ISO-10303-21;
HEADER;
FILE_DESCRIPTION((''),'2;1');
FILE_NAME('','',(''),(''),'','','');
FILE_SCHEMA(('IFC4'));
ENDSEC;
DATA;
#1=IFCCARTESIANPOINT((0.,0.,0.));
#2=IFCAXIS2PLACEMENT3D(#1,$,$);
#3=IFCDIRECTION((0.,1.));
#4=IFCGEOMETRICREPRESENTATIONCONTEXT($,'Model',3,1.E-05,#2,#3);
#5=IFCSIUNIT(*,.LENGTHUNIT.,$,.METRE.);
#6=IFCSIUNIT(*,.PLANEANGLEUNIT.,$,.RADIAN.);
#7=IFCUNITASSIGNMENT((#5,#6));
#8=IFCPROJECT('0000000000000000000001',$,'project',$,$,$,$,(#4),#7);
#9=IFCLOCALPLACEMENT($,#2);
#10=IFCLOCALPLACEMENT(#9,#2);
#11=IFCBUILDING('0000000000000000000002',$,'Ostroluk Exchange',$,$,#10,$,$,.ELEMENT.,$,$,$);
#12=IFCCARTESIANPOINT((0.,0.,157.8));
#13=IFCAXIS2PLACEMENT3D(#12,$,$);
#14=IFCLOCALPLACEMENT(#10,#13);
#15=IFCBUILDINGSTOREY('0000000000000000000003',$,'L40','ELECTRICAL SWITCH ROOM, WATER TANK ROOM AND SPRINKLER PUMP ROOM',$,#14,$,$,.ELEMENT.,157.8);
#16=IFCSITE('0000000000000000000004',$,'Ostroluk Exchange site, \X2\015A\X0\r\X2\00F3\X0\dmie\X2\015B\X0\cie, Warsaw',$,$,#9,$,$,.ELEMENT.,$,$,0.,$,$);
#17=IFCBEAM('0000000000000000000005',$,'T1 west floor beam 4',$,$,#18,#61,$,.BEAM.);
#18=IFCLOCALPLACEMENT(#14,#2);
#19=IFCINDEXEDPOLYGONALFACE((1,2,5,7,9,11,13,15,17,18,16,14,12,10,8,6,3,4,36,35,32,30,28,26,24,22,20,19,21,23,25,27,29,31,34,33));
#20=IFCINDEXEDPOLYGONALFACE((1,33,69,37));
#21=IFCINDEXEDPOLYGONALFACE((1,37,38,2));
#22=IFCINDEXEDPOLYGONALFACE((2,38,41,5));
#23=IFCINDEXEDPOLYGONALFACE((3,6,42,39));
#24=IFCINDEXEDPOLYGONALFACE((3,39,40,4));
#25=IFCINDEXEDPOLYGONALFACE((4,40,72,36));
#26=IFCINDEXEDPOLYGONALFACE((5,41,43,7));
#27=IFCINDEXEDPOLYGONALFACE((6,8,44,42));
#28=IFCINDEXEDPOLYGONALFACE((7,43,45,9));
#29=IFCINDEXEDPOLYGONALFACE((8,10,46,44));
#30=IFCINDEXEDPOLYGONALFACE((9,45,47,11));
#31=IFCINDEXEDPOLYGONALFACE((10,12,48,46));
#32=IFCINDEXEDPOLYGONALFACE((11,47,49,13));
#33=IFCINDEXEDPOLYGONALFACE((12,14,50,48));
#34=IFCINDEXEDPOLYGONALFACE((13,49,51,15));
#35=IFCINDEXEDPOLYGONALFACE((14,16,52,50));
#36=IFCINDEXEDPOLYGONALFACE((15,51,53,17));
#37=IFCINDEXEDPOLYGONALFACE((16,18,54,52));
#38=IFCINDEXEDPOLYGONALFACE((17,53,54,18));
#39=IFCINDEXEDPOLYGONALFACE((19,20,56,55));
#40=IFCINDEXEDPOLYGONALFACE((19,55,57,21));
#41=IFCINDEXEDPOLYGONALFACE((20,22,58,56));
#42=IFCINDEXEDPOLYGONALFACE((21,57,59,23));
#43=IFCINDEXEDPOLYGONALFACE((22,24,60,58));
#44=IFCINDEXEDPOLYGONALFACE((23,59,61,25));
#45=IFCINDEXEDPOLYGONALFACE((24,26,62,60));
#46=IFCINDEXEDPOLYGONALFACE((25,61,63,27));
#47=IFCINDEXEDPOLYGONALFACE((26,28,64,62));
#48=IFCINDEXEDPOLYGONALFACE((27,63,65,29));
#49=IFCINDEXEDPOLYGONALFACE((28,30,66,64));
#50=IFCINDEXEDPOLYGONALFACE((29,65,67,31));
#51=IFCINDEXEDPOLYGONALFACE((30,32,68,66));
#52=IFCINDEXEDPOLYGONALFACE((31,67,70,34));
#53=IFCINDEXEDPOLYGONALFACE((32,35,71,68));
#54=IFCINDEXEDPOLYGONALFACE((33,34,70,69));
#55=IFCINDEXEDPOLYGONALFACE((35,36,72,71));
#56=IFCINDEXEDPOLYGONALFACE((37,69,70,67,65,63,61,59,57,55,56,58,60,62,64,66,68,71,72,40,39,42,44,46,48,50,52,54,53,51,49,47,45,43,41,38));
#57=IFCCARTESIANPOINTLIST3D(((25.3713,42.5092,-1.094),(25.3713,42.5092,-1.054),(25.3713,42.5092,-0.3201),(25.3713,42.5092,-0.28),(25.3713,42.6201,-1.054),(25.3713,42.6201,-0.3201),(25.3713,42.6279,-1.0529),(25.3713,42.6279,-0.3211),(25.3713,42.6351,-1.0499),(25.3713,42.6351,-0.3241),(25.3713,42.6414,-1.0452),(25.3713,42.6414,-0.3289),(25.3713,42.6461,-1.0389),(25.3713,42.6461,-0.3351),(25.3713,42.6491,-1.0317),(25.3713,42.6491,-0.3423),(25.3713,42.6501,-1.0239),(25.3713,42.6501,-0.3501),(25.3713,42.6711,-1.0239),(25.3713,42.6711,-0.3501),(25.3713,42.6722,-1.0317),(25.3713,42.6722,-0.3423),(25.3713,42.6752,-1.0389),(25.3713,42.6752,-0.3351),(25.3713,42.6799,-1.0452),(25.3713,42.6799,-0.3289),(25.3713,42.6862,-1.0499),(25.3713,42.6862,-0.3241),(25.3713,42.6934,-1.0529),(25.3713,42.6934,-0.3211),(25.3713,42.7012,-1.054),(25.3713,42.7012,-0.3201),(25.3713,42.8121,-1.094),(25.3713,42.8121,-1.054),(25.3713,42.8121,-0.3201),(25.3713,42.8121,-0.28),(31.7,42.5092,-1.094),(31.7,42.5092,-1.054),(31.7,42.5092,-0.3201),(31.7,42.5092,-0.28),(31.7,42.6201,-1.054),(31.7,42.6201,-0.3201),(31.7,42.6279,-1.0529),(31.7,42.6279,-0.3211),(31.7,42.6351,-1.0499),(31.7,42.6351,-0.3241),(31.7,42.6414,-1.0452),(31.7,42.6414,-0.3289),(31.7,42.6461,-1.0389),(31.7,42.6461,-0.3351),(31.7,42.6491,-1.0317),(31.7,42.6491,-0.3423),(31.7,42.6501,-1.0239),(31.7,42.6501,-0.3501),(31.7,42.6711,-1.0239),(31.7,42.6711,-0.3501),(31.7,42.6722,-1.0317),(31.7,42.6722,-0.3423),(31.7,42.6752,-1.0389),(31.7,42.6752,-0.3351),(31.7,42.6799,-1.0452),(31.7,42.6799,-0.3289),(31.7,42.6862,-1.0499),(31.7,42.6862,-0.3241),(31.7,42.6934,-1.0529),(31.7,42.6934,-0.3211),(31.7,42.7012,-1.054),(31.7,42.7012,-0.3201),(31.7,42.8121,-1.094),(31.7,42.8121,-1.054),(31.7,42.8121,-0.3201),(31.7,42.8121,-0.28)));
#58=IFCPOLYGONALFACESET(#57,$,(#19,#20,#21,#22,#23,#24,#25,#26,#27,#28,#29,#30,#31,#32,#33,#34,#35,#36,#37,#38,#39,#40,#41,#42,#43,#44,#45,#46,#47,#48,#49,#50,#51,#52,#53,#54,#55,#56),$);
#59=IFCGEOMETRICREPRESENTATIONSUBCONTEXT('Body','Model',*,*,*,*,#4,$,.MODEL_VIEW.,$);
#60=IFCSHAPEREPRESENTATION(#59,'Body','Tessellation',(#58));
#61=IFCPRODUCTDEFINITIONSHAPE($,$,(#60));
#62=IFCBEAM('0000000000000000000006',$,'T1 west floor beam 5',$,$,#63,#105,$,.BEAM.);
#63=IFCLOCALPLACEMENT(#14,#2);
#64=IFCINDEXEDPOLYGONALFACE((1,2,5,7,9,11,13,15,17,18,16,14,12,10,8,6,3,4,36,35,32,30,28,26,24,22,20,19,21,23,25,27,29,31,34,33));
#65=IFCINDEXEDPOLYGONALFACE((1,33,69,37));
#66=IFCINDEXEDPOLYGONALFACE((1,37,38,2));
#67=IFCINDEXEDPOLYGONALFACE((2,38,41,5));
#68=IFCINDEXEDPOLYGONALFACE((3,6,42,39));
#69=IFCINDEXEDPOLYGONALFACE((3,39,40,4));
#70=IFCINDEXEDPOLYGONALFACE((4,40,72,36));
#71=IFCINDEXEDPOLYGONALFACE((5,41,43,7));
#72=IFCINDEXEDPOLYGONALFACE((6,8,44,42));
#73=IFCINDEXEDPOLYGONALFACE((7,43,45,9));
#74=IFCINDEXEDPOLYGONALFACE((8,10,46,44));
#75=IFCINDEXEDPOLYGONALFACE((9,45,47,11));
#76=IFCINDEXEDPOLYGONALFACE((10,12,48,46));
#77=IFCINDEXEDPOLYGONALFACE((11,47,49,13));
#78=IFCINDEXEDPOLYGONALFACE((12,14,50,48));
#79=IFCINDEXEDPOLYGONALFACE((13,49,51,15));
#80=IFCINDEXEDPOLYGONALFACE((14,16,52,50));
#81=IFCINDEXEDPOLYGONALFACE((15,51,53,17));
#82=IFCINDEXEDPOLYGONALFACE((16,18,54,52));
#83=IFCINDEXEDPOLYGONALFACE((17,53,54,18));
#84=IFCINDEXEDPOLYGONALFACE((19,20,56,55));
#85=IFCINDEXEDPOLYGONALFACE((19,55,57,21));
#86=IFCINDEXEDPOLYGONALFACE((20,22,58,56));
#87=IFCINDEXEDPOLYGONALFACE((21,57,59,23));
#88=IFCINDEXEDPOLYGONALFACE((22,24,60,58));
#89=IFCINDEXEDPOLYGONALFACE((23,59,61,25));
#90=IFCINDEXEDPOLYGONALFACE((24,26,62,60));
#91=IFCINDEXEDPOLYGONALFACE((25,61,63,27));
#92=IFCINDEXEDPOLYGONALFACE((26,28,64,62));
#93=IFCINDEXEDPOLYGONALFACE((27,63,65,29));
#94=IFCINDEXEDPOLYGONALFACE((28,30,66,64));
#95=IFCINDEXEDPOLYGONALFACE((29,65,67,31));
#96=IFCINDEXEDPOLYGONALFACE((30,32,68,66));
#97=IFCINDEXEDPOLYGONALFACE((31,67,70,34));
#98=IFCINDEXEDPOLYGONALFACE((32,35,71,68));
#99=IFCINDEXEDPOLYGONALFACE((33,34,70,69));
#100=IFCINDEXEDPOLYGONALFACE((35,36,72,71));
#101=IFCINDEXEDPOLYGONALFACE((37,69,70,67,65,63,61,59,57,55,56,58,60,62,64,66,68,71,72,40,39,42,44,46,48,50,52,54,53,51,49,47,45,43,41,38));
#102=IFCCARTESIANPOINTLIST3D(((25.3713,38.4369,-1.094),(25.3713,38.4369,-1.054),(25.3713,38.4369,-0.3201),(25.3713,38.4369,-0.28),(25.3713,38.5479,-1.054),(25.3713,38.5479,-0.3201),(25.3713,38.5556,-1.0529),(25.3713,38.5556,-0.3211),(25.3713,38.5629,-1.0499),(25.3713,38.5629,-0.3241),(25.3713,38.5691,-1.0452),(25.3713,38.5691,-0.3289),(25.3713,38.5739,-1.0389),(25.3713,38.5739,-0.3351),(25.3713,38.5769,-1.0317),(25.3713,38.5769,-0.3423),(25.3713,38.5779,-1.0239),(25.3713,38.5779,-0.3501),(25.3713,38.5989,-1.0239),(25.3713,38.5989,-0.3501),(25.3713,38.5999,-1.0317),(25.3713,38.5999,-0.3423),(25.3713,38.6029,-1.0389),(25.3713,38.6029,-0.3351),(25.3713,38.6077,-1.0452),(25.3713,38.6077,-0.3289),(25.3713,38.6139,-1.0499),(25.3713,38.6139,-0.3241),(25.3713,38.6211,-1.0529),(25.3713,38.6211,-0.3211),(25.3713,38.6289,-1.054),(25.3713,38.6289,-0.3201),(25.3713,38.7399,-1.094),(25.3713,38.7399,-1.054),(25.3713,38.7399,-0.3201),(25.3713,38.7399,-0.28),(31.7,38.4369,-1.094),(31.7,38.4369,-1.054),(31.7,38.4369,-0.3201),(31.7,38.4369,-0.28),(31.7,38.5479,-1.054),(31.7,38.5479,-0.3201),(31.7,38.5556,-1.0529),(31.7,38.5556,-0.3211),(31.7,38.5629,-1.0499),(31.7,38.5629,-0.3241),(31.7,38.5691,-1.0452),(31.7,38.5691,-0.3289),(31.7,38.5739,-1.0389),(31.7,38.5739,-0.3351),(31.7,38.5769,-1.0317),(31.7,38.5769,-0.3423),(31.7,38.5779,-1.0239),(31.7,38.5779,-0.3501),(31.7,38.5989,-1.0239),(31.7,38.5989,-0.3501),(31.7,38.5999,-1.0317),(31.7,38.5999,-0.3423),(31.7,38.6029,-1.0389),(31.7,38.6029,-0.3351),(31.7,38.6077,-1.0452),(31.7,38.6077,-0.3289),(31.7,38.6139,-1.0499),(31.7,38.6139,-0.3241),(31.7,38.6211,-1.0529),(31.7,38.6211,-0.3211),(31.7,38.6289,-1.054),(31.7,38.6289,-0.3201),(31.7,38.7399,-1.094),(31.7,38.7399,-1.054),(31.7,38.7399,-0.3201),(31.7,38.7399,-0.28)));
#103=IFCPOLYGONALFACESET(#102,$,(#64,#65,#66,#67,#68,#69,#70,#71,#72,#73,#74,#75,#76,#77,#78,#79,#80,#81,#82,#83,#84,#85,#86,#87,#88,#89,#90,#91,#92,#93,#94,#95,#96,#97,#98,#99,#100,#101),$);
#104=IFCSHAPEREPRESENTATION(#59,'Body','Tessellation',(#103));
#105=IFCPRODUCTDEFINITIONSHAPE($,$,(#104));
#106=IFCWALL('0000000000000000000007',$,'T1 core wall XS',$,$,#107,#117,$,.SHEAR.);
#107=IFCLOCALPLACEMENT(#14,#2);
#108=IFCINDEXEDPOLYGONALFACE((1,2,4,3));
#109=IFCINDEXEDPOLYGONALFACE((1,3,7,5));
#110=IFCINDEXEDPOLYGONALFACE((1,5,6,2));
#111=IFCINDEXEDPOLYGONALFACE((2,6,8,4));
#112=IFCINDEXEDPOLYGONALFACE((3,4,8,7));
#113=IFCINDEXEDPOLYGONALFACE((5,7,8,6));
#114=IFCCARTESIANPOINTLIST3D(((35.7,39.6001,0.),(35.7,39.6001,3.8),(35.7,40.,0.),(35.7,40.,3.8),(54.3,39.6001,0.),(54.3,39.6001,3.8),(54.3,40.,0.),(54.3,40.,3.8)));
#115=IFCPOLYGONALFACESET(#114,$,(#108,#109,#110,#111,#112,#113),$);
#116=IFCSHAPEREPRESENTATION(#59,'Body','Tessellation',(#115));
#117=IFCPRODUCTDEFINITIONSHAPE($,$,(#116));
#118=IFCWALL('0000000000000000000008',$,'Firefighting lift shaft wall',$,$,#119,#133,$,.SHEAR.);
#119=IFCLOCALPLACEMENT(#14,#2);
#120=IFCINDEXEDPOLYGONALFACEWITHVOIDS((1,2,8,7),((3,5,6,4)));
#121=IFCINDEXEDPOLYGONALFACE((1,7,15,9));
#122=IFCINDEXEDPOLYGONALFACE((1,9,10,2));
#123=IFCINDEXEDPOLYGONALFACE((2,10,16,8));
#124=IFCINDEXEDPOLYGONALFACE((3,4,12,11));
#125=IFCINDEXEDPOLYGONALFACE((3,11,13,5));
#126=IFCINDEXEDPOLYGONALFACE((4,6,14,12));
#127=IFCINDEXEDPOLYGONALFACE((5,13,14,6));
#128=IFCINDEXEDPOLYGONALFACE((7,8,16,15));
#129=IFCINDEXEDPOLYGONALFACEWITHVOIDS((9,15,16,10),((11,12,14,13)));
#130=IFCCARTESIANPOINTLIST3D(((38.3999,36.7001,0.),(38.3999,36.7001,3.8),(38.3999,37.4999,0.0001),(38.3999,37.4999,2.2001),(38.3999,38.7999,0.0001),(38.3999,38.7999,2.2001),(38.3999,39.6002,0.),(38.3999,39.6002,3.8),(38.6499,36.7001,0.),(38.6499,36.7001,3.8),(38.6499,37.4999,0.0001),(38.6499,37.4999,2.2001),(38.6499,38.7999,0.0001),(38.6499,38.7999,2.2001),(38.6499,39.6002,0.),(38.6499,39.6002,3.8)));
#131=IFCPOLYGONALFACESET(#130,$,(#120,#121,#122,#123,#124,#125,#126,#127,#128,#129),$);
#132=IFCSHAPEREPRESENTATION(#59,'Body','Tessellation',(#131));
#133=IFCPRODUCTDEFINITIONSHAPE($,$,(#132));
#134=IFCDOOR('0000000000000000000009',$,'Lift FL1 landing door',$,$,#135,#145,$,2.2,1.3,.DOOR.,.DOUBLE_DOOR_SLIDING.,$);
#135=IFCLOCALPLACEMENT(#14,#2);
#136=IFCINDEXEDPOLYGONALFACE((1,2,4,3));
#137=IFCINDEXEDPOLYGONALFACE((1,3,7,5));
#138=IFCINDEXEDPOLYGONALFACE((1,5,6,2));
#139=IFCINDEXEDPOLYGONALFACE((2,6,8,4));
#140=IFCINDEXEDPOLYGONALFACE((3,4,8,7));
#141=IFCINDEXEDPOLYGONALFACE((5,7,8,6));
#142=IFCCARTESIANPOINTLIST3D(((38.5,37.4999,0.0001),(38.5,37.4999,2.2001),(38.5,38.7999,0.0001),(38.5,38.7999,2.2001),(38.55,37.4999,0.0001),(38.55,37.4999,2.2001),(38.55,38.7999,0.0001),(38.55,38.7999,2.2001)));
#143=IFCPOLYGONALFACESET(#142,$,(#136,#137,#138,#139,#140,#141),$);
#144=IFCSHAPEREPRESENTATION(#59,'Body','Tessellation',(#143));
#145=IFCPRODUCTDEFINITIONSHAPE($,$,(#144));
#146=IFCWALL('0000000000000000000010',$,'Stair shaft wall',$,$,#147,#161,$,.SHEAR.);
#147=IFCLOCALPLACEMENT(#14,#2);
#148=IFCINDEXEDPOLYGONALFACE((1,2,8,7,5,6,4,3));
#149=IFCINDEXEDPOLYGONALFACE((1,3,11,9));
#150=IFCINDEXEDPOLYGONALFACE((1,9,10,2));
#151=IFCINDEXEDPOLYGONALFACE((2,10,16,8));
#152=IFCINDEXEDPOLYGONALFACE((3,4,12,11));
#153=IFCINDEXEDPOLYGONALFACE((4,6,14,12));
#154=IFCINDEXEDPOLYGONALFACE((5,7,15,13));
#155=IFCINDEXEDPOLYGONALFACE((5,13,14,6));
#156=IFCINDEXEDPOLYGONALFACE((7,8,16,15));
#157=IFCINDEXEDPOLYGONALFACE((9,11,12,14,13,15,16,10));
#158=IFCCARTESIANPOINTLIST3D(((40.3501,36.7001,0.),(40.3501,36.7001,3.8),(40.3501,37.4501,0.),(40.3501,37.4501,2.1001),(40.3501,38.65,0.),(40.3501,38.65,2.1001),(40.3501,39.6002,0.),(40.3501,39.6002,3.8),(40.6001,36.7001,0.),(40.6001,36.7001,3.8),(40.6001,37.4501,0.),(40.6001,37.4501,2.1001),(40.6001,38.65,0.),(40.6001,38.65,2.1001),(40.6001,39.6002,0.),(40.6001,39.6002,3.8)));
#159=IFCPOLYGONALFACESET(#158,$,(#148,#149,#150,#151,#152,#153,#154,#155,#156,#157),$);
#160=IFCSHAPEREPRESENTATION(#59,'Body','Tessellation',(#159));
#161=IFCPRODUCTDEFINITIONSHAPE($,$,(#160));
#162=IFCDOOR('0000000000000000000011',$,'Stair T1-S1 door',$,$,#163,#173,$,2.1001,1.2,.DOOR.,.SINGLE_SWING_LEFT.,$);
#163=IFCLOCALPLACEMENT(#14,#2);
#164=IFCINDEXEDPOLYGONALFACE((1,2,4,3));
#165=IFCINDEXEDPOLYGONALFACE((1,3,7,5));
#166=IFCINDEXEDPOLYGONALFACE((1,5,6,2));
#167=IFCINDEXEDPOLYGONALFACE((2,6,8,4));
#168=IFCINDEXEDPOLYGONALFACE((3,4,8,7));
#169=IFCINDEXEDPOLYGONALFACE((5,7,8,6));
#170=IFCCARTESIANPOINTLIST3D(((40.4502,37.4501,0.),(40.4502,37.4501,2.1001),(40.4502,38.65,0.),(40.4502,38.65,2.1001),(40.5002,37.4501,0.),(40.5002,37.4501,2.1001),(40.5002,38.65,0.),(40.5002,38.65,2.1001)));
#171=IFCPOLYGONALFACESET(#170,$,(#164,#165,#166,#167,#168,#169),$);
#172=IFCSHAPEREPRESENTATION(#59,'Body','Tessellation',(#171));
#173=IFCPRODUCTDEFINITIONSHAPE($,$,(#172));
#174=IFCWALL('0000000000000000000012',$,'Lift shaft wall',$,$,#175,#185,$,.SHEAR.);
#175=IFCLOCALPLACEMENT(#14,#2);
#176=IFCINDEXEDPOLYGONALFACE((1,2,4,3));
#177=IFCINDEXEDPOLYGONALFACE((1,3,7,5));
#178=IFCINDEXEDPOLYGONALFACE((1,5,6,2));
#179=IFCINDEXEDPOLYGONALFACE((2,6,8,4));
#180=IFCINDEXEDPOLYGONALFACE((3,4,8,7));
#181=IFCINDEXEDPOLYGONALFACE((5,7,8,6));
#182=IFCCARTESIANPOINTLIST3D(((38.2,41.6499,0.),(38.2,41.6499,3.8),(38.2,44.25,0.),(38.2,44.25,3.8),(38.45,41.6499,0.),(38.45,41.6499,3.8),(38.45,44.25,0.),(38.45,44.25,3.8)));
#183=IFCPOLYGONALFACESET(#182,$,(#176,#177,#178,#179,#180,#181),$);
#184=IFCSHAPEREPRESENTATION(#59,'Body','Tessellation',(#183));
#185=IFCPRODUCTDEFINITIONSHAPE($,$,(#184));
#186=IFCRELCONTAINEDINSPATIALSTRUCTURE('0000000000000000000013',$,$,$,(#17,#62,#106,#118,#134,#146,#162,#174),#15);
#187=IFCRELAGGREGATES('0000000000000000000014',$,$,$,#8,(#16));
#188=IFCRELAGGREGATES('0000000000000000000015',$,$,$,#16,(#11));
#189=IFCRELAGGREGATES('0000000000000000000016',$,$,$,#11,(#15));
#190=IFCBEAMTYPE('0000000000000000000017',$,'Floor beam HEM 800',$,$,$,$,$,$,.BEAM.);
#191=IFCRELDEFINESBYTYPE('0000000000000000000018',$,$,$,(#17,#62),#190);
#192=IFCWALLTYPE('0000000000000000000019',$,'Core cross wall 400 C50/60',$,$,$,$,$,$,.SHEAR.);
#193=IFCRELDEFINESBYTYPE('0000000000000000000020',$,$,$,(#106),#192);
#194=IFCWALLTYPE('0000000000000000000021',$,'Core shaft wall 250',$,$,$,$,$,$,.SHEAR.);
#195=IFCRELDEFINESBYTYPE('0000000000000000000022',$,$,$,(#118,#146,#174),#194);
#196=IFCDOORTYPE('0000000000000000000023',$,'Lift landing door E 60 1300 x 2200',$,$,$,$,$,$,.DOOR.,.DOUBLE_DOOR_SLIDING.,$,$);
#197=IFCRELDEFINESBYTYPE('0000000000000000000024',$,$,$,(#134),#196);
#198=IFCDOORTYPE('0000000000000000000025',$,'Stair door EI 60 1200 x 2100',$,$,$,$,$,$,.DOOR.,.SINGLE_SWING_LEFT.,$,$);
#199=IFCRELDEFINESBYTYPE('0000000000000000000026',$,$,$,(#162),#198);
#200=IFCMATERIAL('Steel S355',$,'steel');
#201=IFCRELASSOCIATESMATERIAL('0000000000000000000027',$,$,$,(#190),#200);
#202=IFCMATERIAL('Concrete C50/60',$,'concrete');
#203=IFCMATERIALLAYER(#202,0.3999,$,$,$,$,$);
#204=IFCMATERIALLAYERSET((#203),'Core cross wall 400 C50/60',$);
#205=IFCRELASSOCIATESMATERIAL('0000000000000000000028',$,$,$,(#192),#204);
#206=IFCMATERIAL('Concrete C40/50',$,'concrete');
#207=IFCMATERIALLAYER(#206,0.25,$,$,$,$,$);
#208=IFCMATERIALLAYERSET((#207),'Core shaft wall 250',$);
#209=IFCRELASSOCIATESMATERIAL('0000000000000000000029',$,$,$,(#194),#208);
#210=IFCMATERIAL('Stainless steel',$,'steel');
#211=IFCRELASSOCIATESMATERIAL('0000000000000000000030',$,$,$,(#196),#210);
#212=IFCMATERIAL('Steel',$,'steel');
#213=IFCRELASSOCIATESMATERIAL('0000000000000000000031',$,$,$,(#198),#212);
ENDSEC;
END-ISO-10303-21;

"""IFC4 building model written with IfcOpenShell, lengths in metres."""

from ifc_helpers import new_model, si_unit, direction, frame, frame_2d, origin, origin_2d, place, context, subcontext, project, spatial, rectangle, i_section, extrude, material, layer, layer_set, material_profile, profile_set, type_object, element, fill, save


model = new_model("IFC4")

# Units and contexts
model_context = context("Model", 3, precision=1e-05, world=origin(), true_north=direction((0.0, 1.0)))
body_context = subcontext(model_context, "Body", "Model", "MODEL_VIEW")
ifc_project = project(units=[si_unit("LENGTHUNIT", "METRE"), si_unit("PLANEANGLEUNIT", "RADIAN")], contexts=[model_context])

# Site, building, storey
site_placement = place(None, origin())
site = spatial("IfcSite", under=ifc_project, at=site_placement, Name="Ostroluk Exchange site, Śródmieście, Warsaw", CompositionType="ELEMENT", RefElevation=0.0)
building_placement = place(site_placement, origin())
building = spatial("IfcBuilding", under=site, at=building_placement, Name="Ostroluk Exchange", CompositionType="ELEMENT")
storey_placement = place(building_placement, frame((0.0, 0.0, 157.8)))
storey = spatial("IfcBuildingStorey", under=building, at=storey_placement, Name="L40", Description="ELECTRICAL SWITCH ROOM, WATER TANK ROOM AND SPRINKLER PUMP ROOM", CompositionType="ELEMENT", Elevation=157.8)

# Beams
ifc_material_1 = material(Name="Steel S355", Category="steel")
ifc_material_profile = material_profile(ifc_material_1, i_section(OverallWidth=0.303, OverallDepth=0.814, WebThickness=0.021, FlangeThickness=0.04, FilletRadius=0.03, at=origin_2d()), Name="HEM 800")
ifc_profile_set = profile_set([ifc_material_profile], Name="Steel S355")
beam_type = type_object("IfcBeamType", Name="Floor beam HEM 800", PredefinedType="BEAM", material=ifc_profile_set)
for number, where, z_axis, x_axis, name in (
    (1, (31.7, 42.6606, -0.687), (-1.0, 0.0, 0.0), (0.0, -1.0, 0.0), "T1 west floor beam 4"),
    (2, (31.7, 38.5884, -0.687), (-1.0, 0.0, 0.0), (0.0, -1.0, 0.0), "T1 west floor beam 5"),
):
    element("IfcBeam", number, at=place(storey_placement, frame(where, z_axis=z_axis, x_axis=x_axis)), inside=storey, type_object=beam_type, Name=name, PredefinedType="BEAM", context=body_context, shape_type="SweptSolid", body=[
        extrude(i_section(OverallWidth=0.303, OverallDepth=0.814, WebThickness=0.021, FlangeThickness=0.04, FilletRadius=0.03, at=origin_2d()), origin(), (0.0, 0.0, 1.0), 6.3286),
    ])

# Wall
ifc_material_2 = material(Name="Concrete C50/60", Category="concrete")
ifc_layer_1 = layer(ifc_material_2, 0.3999)
ifc_layer_set_1 = layer_set([ifc_layer_1], Name="Core cross wall 400 C50/60")
wall_type_1 = type_object("IfcWallType", Name="Core cross wall 400 C50/60", PredefinedType="SHEAR", material=ifc_layer_set_1)
wall_1_placement = place(storey_placement, frame((35.7, 39.8, 0.0), z_axis=(0.0, 0.0, 1.0), x_axis=(1.0, 0.0, 0.0)))
element("IfcWall", 3, at=wall_1_placement, inside=storey, type_object=wall_type_1, Name="T1 core wall XS", PredefinedType="SHEAR", context=body_context, shape_type="SweptSolid", body=[
    extrude(rectangle(XDim=18.6001, YDim=0.3999, at=frame_2d((9.3, 0.0))), origin(), (0.0, 0.0, 1.0), 3.8),
])

# Walls, openings, doors
ifc_material_3 = material(Name="Concrete C40/50", Category="concrete")
ifc_layer_2 = layer(ifc_material_3, 0.25)
ifc_layer_set_2 = layer_set([ifc_layer_2], Name="Core shaft wall 250")
wall_type_2 = type_object("IfcWallType", Name="Core shaft wall 250", PredefinedType="SHEAR", material=ifc_layer_set_2)
wall_2_placement = place(storey_placement, frame((38.5249, 36.7, 0.0), z_axis=(0.0, 0.0, 1.0), x_axis=(0.0, 1.0, 0.0)))
wall_2 = element("IfcWall", 4, at=wall_2_placement, inside=storey, type_object=wall_type_2, Name="Firefighting lift shaft wall", PredefinedType="SHEAR", context=body_context, shape_type="SweptSolid", body=[
    extrude(rectangle(XDim=2.9001, YDim=0.25, at=frame_2d((1.4502, 0.0))), origin(), (0.0, 0.0, 1.0), 3.8),
])
opening_1_placement = place(wall_2_placement, frame((0.8, 0.0, 0.0)))
opening_1 = element("IfcOpeningElement", 5, at=opening_1_placement, cuts=wall_2, PredefinedType="OPENING", context=body_context, shape_type="SweptSolid", body=[
    extrude(rectangle(XDim=1.3, YDim=2.2, at=frame_2d((0.6499, 1.1001))), frame((0.0, 0.135, 0.0), z_axis=(0.0, -1.0, 0.0), x_axis=(1.0, 0.0, 0.0)), (0.0, 0.0, 1.0), 0.27),
])
ifc_material_4 = material(Name="Stainless steel", Category="steel")
door_type_1 = type_object("IfcDoorType", Name="Lift landing door E 60 1300 x 2200", OperationType="DOUBLE_DOOR_SLIDING", PredefinedType="DOOR", material=ifc_material_4)
door_1_placement = place(opening_1_placement, origin())
door_1 = element("IfcDoor", 6, at=door_1_placement, inside=storey, type_object=door_type_1, Name="Lift FL1 landing door", OperationType="DOUBLE_DOOR_SLIDING", OverallHeight=2.2, OverallWidth=1.3, PredefinedType="DOOR", context=body_context, shape_type="SweptSolid", body=[
    extrude(rectangle(XDim=1.3, YDim=2.2, at=frame_2d((0.6499, 1.1001))), frame((0.0, 0.0249, 0.0), z_axis=(0.0, -1.0, 0.0), x_axis=(1.0, 0.0, 0.0)), (0.0, 0.0, 1.0), 0.05),
])
fill(opening_1, door_1)
wall_3_placement = place(storey_placement, frame((40.4751, 36.7, 0.0), z_axis=(0.0, 0.0, 1.0), x_axis=(0.0, 1.0, 0.0)))
wall_3 = element("IfcWall", 7, at=wall_3_placement, inside=storey, type_object=wall_type_2, Name="Stair shaft wall", PredefinedType="SHEAR", context=body_context, shape_type="SweptSolid", body=[
    extrude(rectangle(XDim=2.9001, YDim=0.25, at=frame_2d((1.4502, 0.0))), origin(), (0.0, 0.0, 1.0), 3.8),
])
opening_2_placement = place(wall_3_placement, frame((0.75, 0.0, 0.0)))
opening_2 = element("IfcOpeningElement", 8, at=opening_2_placement, cuts=wall_3, PredefinedType="OPENING", context=body_context, shape_type="SweptSolid", body=[
    extrude(rectangle(XDim=1.2, YDim=2.1001, at=frame_2d((0.6001, 1.05))), frame((0.0, 0.135, 0.0), z_axis=(0.0, -1.0, 0.0), x_axis=(1.0, 0.0, 0.0)), (0.0, 0.0, 1.0), 0.27),
])
ifc_material_5 = material(Name="Steel", Category="steel")
door_type_2 = type_object("IfcDoorType", Name="Stair door EI 60 1200 x 2100", OperationType="SINGLE_SWING_LEFT", PredefinedType="DOOR", material=ifc_material_5)
door_2_placement = place(opening_2_placement, origin())
door_2 = element("IfcDoor", 9, at=door_2_placement, inside=storey, type_object=door_type_2, Name="Stair T1-S1 door", OperationType="SINGLE_SWING_LEFT", OverallHeight=2.1001, OverallWidth=1.2, PredefinedType="DOOR", context=body_context, shape_type="SweptSolid", body=[
    extrude(rectangle(XDim=1.2, YDim=2.1001, at=frame_2d((0.6001, 1.05))), frame((0.0, 0.0249, 0.0), z_axis=(0.0, -1.0, 0.0), x_axis=(1.0, 0.0, 0.0)), (0.0, 0.0, 1.0), 0.05),
])
fill(opening_2, door_2)

# Wall
wall_4_placement = place(storey_placement, frame((38.325, 44.25, 0.0), z_axis=(0.0, 0.0, 1.0), x_axis=(0.0, -1.0, 0.0)))
element("IfcWall", 10, at=wall_4_placement, inside=storey, type_object=wall_type_2, Name="Lift shaft wall", PredefinedType="SHEAR", context=body_context, shape_type="SweptSolid", body=[
    extrude(rectangle(XDim=2.6001, YDim=0.25, at=frame_2d((1.3, 0.0))), origin(), (0.0, 0.0, 1.0), 3.8),
])

save(model, "model.ifc")
